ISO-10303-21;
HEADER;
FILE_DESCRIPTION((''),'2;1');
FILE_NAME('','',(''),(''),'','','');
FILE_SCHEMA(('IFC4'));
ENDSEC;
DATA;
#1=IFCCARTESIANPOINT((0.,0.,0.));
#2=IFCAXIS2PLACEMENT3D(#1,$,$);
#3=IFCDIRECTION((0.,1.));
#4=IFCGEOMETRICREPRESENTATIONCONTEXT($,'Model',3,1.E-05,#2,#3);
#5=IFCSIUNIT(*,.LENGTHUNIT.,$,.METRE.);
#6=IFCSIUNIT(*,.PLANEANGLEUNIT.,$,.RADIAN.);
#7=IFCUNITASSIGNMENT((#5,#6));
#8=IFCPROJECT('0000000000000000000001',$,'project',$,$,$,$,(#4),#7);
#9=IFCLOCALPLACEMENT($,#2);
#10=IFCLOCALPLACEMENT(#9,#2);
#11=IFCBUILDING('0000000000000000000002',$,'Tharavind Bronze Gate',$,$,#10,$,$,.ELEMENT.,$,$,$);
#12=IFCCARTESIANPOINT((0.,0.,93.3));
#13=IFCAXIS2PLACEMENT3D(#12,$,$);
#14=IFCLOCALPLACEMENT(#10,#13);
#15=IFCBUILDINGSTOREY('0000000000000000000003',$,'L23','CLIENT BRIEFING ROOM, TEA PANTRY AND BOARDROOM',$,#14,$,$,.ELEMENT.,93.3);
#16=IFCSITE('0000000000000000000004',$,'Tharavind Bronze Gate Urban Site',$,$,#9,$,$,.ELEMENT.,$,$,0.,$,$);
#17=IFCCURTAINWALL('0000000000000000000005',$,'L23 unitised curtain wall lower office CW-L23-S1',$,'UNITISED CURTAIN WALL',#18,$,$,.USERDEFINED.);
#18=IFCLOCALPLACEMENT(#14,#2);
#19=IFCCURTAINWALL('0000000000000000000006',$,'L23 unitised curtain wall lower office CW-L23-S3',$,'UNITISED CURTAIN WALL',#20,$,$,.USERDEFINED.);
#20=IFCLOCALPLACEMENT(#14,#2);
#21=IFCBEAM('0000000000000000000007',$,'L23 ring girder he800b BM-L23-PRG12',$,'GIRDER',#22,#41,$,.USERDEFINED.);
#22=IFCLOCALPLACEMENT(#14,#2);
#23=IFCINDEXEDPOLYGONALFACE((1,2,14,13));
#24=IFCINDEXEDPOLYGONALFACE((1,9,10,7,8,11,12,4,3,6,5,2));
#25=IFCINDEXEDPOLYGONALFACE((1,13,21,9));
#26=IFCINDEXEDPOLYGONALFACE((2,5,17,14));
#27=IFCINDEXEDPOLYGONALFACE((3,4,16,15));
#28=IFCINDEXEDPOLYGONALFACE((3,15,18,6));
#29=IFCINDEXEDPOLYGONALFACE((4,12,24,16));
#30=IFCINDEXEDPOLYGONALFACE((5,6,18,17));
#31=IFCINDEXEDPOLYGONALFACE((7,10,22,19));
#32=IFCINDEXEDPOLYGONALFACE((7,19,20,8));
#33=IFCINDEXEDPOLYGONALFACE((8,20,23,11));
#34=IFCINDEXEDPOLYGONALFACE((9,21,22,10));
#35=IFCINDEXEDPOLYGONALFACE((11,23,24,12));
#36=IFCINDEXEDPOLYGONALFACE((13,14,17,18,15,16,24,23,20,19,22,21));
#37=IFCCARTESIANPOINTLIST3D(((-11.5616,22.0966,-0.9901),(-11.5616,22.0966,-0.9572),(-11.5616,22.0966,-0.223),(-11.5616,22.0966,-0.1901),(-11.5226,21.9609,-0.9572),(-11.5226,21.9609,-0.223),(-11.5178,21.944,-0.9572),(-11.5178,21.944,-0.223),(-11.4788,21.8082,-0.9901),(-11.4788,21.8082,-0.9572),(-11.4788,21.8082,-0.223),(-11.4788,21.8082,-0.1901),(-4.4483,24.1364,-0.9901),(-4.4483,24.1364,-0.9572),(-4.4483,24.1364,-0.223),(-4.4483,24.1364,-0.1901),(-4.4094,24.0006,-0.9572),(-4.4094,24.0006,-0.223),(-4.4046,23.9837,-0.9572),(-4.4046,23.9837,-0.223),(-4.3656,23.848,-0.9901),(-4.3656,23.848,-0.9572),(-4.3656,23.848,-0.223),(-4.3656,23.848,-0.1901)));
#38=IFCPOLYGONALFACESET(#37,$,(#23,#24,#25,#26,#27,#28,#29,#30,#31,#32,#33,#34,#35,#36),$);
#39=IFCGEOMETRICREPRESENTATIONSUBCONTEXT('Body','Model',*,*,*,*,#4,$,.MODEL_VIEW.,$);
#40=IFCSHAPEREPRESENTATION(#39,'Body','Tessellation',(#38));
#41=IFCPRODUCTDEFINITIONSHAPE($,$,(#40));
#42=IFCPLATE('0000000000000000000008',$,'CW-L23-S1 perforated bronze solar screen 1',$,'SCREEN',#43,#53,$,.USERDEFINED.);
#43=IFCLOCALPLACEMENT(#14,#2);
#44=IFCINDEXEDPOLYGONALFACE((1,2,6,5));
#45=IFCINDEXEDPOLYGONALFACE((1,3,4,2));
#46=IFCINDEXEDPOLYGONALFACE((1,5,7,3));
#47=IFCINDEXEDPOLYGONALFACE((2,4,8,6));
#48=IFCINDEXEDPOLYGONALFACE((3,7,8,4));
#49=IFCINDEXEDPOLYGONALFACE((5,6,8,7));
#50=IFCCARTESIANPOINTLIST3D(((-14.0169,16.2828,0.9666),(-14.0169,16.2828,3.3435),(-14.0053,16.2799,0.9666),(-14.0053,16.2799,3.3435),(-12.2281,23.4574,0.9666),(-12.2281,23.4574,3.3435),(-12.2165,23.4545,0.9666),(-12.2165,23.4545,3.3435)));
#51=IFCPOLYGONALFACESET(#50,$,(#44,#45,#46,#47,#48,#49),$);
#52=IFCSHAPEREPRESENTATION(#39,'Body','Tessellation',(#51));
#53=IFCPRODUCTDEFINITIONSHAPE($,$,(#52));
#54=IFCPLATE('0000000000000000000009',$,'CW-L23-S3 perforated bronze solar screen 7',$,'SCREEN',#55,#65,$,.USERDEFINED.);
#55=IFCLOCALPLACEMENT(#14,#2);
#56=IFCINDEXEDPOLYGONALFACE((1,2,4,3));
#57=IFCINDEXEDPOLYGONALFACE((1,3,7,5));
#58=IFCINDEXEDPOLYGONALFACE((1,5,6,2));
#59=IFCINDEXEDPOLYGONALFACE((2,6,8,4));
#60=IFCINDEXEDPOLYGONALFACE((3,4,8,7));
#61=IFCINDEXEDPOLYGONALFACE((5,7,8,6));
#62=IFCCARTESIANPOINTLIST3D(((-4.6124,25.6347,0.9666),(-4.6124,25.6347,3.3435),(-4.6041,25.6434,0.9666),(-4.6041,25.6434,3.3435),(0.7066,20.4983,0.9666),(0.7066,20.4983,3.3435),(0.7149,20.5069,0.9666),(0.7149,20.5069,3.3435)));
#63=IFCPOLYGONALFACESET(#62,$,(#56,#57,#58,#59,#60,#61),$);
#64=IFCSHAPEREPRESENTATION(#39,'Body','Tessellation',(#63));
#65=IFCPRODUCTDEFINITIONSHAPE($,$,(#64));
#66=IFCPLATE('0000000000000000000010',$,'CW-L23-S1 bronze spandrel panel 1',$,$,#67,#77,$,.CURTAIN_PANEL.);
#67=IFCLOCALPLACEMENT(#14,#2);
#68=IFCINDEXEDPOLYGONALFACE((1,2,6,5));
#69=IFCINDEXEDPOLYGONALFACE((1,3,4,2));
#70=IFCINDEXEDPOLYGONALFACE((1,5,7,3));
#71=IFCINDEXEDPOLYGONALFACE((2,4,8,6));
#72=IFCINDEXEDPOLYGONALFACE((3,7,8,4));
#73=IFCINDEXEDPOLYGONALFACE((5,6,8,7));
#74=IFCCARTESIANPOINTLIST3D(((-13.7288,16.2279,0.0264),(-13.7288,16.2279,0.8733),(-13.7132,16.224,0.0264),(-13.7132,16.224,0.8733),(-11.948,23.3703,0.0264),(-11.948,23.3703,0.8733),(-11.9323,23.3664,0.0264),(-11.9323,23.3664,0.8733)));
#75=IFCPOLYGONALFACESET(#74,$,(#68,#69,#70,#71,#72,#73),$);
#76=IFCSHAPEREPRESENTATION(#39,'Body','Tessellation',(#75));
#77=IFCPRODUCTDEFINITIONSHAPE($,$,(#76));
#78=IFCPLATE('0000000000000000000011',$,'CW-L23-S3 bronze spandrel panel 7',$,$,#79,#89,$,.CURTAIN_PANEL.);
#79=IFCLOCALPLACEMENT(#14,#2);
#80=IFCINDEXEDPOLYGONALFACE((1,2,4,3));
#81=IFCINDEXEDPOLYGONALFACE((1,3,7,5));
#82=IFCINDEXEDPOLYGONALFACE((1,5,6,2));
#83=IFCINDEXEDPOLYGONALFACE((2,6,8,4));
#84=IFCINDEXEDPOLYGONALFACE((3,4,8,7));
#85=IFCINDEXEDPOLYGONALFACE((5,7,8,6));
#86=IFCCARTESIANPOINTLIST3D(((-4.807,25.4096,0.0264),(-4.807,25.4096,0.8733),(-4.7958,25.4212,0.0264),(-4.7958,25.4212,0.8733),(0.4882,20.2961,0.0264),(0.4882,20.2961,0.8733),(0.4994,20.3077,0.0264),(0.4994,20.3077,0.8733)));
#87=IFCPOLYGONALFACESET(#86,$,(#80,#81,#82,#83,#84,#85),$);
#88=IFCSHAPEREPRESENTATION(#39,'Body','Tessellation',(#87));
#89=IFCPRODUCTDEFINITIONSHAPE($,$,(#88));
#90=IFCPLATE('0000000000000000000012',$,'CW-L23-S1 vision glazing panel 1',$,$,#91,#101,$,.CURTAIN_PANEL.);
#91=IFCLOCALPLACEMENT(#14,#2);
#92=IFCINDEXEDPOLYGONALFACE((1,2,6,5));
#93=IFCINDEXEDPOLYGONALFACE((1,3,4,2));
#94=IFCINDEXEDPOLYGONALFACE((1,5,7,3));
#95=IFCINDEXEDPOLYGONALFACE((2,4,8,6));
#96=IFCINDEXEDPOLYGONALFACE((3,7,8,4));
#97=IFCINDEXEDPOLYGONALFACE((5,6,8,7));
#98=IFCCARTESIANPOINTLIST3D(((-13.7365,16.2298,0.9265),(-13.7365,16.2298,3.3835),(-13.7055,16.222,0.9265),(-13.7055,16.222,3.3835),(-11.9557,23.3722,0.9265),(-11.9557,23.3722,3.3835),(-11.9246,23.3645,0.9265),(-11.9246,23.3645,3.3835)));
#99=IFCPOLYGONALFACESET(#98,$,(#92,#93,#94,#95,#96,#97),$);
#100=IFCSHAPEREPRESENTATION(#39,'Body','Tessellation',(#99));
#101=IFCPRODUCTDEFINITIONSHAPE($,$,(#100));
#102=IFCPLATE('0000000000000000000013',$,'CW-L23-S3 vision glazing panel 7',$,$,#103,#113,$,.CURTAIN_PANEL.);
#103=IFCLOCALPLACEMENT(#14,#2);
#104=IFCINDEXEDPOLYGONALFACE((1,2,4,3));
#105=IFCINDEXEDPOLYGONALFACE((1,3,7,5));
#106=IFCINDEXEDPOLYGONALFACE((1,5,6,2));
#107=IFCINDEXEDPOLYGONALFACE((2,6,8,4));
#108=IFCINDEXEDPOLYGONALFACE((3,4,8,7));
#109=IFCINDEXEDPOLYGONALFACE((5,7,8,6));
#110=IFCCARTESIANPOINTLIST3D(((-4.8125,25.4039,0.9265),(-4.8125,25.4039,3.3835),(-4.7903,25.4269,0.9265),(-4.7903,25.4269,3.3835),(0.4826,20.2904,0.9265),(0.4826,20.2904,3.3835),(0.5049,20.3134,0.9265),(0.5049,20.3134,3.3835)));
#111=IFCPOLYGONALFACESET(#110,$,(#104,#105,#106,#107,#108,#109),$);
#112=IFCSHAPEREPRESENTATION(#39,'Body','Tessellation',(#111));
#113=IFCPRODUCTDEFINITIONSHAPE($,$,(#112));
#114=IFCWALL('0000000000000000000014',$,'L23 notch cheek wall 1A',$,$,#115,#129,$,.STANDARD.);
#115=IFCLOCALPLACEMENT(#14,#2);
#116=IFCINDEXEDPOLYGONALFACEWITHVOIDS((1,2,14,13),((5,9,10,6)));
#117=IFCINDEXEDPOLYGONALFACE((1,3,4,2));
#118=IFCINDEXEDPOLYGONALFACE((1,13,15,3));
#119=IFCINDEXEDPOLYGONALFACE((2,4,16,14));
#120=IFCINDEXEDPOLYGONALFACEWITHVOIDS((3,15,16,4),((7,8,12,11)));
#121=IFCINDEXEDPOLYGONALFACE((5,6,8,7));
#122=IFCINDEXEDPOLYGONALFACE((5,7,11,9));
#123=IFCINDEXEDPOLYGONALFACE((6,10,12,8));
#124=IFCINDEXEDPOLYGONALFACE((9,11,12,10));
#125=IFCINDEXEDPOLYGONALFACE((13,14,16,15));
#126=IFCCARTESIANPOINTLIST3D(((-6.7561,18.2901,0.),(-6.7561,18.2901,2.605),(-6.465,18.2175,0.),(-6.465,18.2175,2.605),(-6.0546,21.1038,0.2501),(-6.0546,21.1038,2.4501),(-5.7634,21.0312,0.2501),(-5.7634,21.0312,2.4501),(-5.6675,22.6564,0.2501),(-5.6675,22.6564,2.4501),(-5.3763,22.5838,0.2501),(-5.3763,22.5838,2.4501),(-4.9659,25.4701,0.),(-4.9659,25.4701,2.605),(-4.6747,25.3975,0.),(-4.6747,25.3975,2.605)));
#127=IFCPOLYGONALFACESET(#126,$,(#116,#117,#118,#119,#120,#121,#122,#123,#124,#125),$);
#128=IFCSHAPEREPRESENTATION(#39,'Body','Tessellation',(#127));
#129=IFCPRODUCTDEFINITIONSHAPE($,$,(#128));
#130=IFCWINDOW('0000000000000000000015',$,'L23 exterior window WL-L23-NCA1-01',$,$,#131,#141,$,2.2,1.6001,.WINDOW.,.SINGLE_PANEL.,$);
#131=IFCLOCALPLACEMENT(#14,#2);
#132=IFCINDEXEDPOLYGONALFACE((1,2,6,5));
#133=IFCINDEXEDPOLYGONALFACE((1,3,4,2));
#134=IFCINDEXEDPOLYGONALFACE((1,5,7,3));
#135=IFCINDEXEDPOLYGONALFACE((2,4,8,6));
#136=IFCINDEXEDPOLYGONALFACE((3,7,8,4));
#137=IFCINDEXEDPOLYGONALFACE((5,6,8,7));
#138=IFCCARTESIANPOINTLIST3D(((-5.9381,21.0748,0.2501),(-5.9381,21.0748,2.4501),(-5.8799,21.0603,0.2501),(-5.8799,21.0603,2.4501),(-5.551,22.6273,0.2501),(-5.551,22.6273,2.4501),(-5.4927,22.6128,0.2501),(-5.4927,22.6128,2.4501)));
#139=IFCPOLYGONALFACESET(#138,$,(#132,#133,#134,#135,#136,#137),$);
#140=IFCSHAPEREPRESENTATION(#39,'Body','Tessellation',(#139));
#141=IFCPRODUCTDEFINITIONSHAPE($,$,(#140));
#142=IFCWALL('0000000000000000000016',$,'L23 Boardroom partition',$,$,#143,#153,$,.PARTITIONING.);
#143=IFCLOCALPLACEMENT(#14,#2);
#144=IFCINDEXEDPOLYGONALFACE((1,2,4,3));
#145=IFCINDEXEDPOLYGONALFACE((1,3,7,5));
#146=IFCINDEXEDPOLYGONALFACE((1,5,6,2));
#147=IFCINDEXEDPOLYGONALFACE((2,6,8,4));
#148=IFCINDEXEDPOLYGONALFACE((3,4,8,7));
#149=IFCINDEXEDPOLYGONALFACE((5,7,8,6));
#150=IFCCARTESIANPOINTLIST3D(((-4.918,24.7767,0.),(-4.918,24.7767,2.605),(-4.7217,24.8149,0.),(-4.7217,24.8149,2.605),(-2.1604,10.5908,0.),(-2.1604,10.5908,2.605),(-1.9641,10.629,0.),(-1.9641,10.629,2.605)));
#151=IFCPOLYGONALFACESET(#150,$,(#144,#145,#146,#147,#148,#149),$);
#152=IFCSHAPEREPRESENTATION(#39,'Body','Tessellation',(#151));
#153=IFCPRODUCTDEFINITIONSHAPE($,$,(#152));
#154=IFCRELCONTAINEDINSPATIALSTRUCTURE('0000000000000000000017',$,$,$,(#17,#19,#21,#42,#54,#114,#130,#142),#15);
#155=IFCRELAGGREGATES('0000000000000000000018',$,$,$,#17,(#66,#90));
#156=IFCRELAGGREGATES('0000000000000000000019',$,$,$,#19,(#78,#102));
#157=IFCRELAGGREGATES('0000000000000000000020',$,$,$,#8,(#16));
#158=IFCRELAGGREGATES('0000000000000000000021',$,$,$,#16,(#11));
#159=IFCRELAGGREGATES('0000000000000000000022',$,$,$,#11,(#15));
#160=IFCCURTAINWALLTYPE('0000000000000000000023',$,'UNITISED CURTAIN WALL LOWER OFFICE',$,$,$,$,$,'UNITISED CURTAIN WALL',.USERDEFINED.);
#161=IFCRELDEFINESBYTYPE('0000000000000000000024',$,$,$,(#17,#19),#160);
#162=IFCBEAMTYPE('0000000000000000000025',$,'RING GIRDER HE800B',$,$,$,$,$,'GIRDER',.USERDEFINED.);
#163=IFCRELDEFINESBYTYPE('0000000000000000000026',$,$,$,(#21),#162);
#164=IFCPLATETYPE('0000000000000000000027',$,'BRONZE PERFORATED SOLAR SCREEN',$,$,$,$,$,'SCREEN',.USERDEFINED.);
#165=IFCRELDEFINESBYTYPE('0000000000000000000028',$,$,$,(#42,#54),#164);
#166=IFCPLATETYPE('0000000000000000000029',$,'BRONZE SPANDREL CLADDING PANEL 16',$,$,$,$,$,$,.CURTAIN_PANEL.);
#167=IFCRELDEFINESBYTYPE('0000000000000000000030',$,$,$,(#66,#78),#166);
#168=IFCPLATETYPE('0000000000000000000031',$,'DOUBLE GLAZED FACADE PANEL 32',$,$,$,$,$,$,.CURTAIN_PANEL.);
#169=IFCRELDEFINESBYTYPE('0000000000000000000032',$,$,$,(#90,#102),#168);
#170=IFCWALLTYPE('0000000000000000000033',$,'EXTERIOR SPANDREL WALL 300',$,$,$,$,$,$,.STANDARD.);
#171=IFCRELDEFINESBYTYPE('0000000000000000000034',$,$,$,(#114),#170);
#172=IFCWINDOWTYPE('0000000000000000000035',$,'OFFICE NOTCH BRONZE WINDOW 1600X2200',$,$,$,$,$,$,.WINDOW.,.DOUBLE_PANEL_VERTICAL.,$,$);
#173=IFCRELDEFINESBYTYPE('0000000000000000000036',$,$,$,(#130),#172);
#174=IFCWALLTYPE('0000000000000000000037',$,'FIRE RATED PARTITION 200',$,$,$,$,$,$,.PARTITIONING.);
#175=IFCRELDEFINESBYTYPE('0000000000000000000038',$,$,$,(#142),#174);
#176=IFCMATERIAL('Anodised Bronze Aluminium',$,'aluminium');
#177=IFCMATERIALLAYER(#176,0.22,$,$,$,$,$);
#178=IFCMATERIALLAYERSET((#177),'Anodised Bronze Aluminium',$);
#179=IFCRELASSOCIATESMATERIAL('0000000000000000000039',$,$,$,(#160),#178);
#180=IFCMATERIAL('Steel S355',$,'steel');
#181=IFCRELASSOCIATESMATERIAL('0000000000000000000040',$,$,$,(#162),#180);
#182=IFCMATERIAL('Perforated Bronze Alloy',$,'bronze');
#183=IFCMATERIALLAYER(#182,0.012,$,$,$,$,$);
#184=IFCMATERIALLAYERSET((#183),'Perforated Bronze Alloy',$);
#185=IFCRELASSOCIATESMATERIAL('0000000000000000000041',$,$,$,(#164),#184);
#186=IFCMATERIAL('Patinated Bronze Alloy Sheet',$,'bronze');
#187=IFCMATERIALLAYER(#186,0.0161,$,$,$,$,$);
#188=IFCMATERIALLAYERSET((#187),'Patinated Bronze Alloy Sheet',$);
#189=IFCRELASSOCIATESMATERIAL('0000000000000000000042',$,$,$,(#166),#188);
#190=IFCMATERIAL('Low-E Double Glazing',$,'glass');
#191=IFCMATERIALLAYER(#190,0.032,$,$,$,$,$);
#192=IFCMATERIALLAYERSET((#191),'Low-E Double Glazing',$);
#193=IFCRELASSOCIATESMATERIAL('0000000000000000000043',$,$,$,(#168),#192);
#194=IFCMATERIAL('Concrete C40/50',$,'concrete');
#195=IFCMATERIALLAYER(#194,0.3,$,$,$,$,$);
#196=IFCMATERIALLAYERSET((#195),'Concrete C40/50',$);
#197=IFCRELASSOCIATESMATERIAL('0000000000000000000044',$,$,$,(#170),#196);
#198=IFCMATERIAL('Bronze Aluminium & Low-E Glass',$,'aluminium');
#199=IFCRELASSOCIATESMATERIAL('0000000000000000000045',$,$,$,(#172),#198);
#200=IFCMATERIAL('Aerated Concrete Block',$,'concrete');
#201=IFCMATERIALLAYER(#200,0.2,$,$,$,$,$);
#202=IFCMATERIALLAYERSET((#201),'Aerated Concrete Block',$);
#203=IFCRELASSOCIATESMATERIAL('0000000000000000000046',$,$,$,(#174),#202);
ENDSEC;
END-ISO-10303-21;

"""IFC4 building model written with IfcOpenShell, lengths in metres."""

from ifc_helpers import new_model, si_unit, direction, frame, frame_2d, origin, origin_2d, place, context, subcontext, project, spatial, rectangle, i_section, extrude, material, layer, layer_set, material_profile, profile_set, type_object, element, fill, aggregate, save


model = new_model("IFC4")

# Units and contexts
model_context = context("Model", 3, precision=1e-05, world=origin(), true_north=direction((0.0, 1.0)))
body_context = subcontext(model_context, "Body", "Model", "MODEL_VIEW")
ifc_project = project(units=[si_unit("LENGTHUNIT", "METRE"), si_unit("PLANEANGLEUNIT", "RADIAN")], contexts=[model_context])

# Site, building, storey
site_placement = place(None, origin())
site = spatial("IfcSite", under=ifc_project, at=site_placement, Name="Tharavind Bronze Gate Urban Site", CompositionType="ELEMENT", RefElevation=0.0)
building_placement = place(site_placement, origin())
building = spatial("IfcBuilding", under=site, at=building_placement, Name="Tharavind Bronze Gate", CompositionType="ELEMENT")
storey_placement = place(building_placement, frame((0.0, 0.0, 93.3)))
storey = spatial("IfcBuildingStorey", under=building, at=storey_placement, Name="L23", Description="CLIENT BRIEFING ROOM, TEA PANTRY AND BOARDROOM", CompositionType="ELEMENT", Elevation=93.3)

# Curtain walls
ifc_material_1 = material(Name="Anodised Bronze Aluminium", Category="aluminium")
ifc_layer_1 = layer(ifc_material_1, 0.22)
ifc_layer_set_1 = layer_set([ifc_layer_1], Name="Anodised Bronze Aluminium")
curtain_wall_type = type_object("IfcCurtainWallType", Name="UNITISED CURTAIN WALL LOWER OFFICE", ElementType="UNITISED CURTAIN WALL", PredefinedType="USERDEFINED", material=ifc_layer_set_1)
curtain_wall_1_placement = place(storey_placement, origin())
curtain_wall_1 = element("IfcCurtainWall", 1, at=curtain_wall_1_placement, inside=storey, type_object=curtain_wall_type, Name="L23 unitised curtain wall lower office CW-L23-S1", ObjectType="UNITISED CURTAIN WALL", PredefinedType="USERDEFINED")
curtain_wall_2_placement = place(storey_placement, origin())
curtain_wall_2 = element("IfcCurtainWall", 2, at=curtain_wall_2_placement, inside=storey, type_object=curtain_wall_type, Name="L23 unitised curtain wall lower office CW-L23-S3", ObjectType="UNITISED CURTAIN WALL", PredefinedType="USERDEFINED")

# Beam
ifc_material_2 = material(Name="Steel S355", Category="steel")
ifc_material_profile_1 = material_profile(ifc_material_2, i_section(OverallWidth=0.3, OverallDepth=0.8, WebThickness=0.0176, FlangeThickness=0.033, at=origin_2d()), Name="HE800B")
ifc_profile_set_1 = profile_set([ifc_material_profile_1], Name="Steel S355")
beam_type_1 = type_object("IfcBeamType", Name="RING GIRDER HE800B", ElementType="GIRDER", PredefinedType="USERDEFINED", material=ifc_profile_set_1)
beam_1_placement = place(storey_placement, frame((-4.407, 23.9922, -0.5901), z_axis=(-0.961258, -0.275649, 0.0), x_axis=(0.275649, -0.961258, 0.0)))
element("IfcBeam", 3, at=beam_1_placement, inside=storey, type_object=beam_type_1, Name="L23 ring girder he800b BM-L23-PRG12", ObjectType="GIRDER", PredefinedType="USERDEFINED", context=body_context, shape_type="SweptSolid", body=[
    extrude(i_section(OverallWidth=0.3, OverallDepth=0.8, WebThickness=0.0176, FlangeThickness=0.033, at=origin_2d()), origin(), (0.0, 0.0, 1.0), 7.3999),
])

# Plates
ifc_material_3 = material(Name="Perforated Bronze Alloy", Category="bronze")
ifc_layer_2 = layer(ifc_material_3, 0.012)
ifc_layer_set_2 = layer_set([ifc_layer_2], Name="Perforated Bronze Alloy")
plate_type_1 = type_object("IfcPlateType", Name="BRONZE PERFORATED SOLAR SCREEN", ElementType="SCREEN", PredefinedType="USERDEFINED", material=ifc_layer_set_2)
for number, where, z_axis, x_axis, name in (
    (4, (-13.1167, 19.8687, 0.9666), (0.0, 0.0, 1.0), (-0.241922, -0.970296, 0.0), "CW-L23-S1 perforated bronze solar screen 1"),
    (5, (-1.9487, 23.0708, 0.9666), (0.0, 0.0, 1.0), (-0.719341, 0.694657, 0.0), "CW-L23-S3 perforated bronze solar screen 7"),
):
    element("IfcPlate", number, at=place(storey_placement, frame(where, z_axis=z_axis, x_axis=x_axis)), inside=storey, type_object=plate_type_1, Name=name, ObjectType="SCREEN", PredefinedType="USERDEFINED", context=body_context, shape_type="SweptSolid", body=[
        extrude(rectangle(XDim=7.3943, YDim=0.012, at=origin_2d()), origin(), (0.0, 0.0, 1.0), 2.377),
    ])

# Plates
ifc_material_4 = material(Name="Patinated Bronze Alloy Sheet", Category="bronze")
ifc_layer_3 = layer(ifc_material_4, 0.0161)
ifc_layer_set_3 = layer_set([ifc_layer_3], Name="Patinated Bronze Alloy Sheet")
plate_type_2 = type_object("IfcPlateType", Name="BRONZE SPANDREL CLADDING PANEL 16", PredefinedType="CURTAIN_PANEL", material=ifc_layer_set_3)
plate_1_placement = place(storey_placement, frame((-12.8306, 19.7971, 0.0264), z_axis=(0.0, 0.0, 1.0), x_axis=(-0.241922, -0.970296, 0.0)))
plate_1 = element("IfcPlate", 6, at=plate_1_placement, type_object=plate_type_2, Name="CW-L23-S1 bronze spandrel panel 1", PredefinedType="CURTAIN_PANEL", context=body_context, shape_type="SweptSolid", body=[
    extrude(rectangle(XDim=7.3611, YDim=0.0161, at=origin_2d()), origin(), (0.0, 0.0, 1.0), 0.8469),
])
plate_2_placement = place(storey_placement, frame((-2.1538, 22.8586, 0.0264), z_axis=(0.0, 0.0, 1.0), x_axis=(-0.719341, 0.694657, 0.0)))
plate_2 = element("IfcPlate", 7, at=plate_2_placement, type_object=plate_type_2, Name="CW-L23-S3 bronze spandrel panel 7", PredefinedType="CURTAIN_PANEL", context=body_context, shape_type="SweptSolid", body=[
    extrude(rectangle(XDim=7.3611, YDim=0.0161, at=origin_2d()), origin(), (0.0, 0.0, 1.0), 0.8469),
])
ifc_material_5 = material(Name="Low-E Double Glazing", Category="glass")
ifc_layer_4 = layer(ifc_material_5, 0.032)
ifc_layer_set_4 = layer_set([ifc_layer_4], Name="Low-E Double Glazing")
plate_type_3 = type_object("IfcPlateType", Name="DOUBLE GLAZED FACADE PANEL 32", PredefinedType="CURTAIN_PANEL", material=ifc_layer_set_4)
plate_3_placement = place(storey_placement, frame((-12.8306, 19.7971, 0.9265), z_axis=(0.0, 0.0, 1.0), x_axis=(-0.241922, -0.970296, 0.0)))
plate_3 = element("IfcPlate", 8, at=plate_3_placement, type_object=plate_type_3, Name="CW-L23-S1 vision glazing panel 1", PredefinedType="CURTAIN_PANEL", context=body_context, shape_type="SweptSolid", body=[
    extrude(rectangle(XDim=7.3611, YDim=0.032, at=origin_2d()), origin(), (0.0, 0.0, 1.0), 2.457),
])
aggregate(curtain_wall_1, [plate_1, plate_3])
plate_4_placement = place(storey_placement, frame((-2.1538, 22.8586, 0.9265), z_axis=(0.0, 0.0, 1.0), x_axis=(-0.719341, 0.694657, 0.0)))
plate_4 = element("IfcPlate", 9, at=plate_4_placement, type_object=plate_type_3, Name="CW-L23-S3 vision glazing panel 7", PredefinedType="CURTAIN_PANEL", context=body_context, shape_type="SweptSolid", body=[
    extrude(rectangle(XDim=7.3611, YDim=0.032, at=origin_2d()), origin(), (0.0, 0.0, 1.0), 2.457),
])
aggregate(curtain_wall_2, [plate_2, plate_4])

# Wall, opening, window
ifc_material_6 = material(Name="Concrete C40/50", Category="concrete")
ifc_layer_5 = layer(ifc_material_6, 0.3)
ifc_layer_set_5 = layer_set([ifc_layer_5], Name="Concrete C40/50")
wall_type_1 = type_object("IfcWallType", Name="EXTERIOR SPANDREL WALL 300", PredefinedType="STANDARD", material=ifc_layer_set_5)
wall_1_placement = place(storey_placement, frame((-4.8203, 25.4338, 0.0), z_axis=(0.0, 0.0, 1.0), x_axis=(-0.24193, -0.970294, 0.0)))
wall_1 = element("IfcWall", 10, at=wall_1_placement, inside=storey, type_object=wall_type_1, Name="L23 notch cheek wall 1A", PredefinedType="STANDARD", context=body_context, shape_type="SweptSolid", body=[
    extrude(rectangle(XDim=7.3999, YDim=0.3, at=frame_2d((3.7, 0.0))), origin(), (0.0, 0.0, 1.0), 2.605),
])
opening_placement = place(wall_1_placement, frame((2.8999, 0.0, 0.25)))
opening = element("IfcOpeningElement", 11, at=opening_placement, cuts=wall_1, PredefinedType="OPENING", context=body_context, shape_type="SweptSolid", body=[
    extrude(rectangle(XDim=1.6001, YDim=2.2, at=frame_2d((0.8, 1.1001))), frame((0.0, 0.1599, 0.0), z_axis=(0.0, -1.0, 0.0), x_axis=(1.0, 0.0, 0.0)), (0.0, 0.0, 1.0), 0.32),
])
ifc_material_7 = material(Name="Bronze Aluminium & Low-E Glass", Category="aluminium")
window_type = type_object("IfcWindowType", Name="OFFICE NOTCH BRONZE WINDOW 1600X2200", PartitioningType="DOUBLE_PANEL_VERTICAL", PredefinedType="WINDOW", material=ifc_material_7)
window_placement = place(opening_placement, origin())
window = element("IfcWindow", 12, at=window_placement, inside=storey, type_object=window_type, Name="L23 exterior window WL-L23-NCA1-01", OverallHeight=2.2, OverallWidth=1.6001, PartitioningType="SINGLE_PANEL", PredefinedType="WINDOW", context=body_context, shape_type="SweptSolid", body=[
    extrude(rectangle(XDim=1.6001, YDim=2.2, at=frame_2d((0.8, 1.1001))), frame((0.0, 0.03, 0.0), z_axis=(0.0, -1.0, 0.0), x_axis=(1.0, 0.0, 0.0)), (0.0, 0.0, 1.0), 0.0601),
])
fill(opening, window)

# Wall
ifc_material_8 = material(Name="Aerated Concrete Block", Category="concrete")
ifc_layer_6 = layer(ifc_material_8, 0.2)
ifc_layer_set_6 = layer_set([ifc_layer_6], Name="Aerated Concrete Block")
wall_type_2 = type_object("IfcWallType", Name="FIRE RATED PARTITION 200", PredefinedType="PARTITIONING", material=ifc_layer_set_6)
wall_2_placement = place(storey_placement, frame((-4.8198, 24.7957, 0.0), z_axis=(0.0, 0.0, 1.0), x_axis=(0.190818, -0.981625, 0.0)))
element("IfcWall", 13, at=wall_2_placement, inside=storey, type_object=wall_type_2, Name="L23 Boardroom partition", PredefinedType="PARTITIONING", context=body_context, shape_type="SweptSolid", body=[
    extrude(rectangle(XDim=14.4514, YDim=0.2, at=frame_2d((7.2256, 0.0))), origin(), (0.0, 0.0, 1.0), 2.605),
])

save(model, "model.ifc")
